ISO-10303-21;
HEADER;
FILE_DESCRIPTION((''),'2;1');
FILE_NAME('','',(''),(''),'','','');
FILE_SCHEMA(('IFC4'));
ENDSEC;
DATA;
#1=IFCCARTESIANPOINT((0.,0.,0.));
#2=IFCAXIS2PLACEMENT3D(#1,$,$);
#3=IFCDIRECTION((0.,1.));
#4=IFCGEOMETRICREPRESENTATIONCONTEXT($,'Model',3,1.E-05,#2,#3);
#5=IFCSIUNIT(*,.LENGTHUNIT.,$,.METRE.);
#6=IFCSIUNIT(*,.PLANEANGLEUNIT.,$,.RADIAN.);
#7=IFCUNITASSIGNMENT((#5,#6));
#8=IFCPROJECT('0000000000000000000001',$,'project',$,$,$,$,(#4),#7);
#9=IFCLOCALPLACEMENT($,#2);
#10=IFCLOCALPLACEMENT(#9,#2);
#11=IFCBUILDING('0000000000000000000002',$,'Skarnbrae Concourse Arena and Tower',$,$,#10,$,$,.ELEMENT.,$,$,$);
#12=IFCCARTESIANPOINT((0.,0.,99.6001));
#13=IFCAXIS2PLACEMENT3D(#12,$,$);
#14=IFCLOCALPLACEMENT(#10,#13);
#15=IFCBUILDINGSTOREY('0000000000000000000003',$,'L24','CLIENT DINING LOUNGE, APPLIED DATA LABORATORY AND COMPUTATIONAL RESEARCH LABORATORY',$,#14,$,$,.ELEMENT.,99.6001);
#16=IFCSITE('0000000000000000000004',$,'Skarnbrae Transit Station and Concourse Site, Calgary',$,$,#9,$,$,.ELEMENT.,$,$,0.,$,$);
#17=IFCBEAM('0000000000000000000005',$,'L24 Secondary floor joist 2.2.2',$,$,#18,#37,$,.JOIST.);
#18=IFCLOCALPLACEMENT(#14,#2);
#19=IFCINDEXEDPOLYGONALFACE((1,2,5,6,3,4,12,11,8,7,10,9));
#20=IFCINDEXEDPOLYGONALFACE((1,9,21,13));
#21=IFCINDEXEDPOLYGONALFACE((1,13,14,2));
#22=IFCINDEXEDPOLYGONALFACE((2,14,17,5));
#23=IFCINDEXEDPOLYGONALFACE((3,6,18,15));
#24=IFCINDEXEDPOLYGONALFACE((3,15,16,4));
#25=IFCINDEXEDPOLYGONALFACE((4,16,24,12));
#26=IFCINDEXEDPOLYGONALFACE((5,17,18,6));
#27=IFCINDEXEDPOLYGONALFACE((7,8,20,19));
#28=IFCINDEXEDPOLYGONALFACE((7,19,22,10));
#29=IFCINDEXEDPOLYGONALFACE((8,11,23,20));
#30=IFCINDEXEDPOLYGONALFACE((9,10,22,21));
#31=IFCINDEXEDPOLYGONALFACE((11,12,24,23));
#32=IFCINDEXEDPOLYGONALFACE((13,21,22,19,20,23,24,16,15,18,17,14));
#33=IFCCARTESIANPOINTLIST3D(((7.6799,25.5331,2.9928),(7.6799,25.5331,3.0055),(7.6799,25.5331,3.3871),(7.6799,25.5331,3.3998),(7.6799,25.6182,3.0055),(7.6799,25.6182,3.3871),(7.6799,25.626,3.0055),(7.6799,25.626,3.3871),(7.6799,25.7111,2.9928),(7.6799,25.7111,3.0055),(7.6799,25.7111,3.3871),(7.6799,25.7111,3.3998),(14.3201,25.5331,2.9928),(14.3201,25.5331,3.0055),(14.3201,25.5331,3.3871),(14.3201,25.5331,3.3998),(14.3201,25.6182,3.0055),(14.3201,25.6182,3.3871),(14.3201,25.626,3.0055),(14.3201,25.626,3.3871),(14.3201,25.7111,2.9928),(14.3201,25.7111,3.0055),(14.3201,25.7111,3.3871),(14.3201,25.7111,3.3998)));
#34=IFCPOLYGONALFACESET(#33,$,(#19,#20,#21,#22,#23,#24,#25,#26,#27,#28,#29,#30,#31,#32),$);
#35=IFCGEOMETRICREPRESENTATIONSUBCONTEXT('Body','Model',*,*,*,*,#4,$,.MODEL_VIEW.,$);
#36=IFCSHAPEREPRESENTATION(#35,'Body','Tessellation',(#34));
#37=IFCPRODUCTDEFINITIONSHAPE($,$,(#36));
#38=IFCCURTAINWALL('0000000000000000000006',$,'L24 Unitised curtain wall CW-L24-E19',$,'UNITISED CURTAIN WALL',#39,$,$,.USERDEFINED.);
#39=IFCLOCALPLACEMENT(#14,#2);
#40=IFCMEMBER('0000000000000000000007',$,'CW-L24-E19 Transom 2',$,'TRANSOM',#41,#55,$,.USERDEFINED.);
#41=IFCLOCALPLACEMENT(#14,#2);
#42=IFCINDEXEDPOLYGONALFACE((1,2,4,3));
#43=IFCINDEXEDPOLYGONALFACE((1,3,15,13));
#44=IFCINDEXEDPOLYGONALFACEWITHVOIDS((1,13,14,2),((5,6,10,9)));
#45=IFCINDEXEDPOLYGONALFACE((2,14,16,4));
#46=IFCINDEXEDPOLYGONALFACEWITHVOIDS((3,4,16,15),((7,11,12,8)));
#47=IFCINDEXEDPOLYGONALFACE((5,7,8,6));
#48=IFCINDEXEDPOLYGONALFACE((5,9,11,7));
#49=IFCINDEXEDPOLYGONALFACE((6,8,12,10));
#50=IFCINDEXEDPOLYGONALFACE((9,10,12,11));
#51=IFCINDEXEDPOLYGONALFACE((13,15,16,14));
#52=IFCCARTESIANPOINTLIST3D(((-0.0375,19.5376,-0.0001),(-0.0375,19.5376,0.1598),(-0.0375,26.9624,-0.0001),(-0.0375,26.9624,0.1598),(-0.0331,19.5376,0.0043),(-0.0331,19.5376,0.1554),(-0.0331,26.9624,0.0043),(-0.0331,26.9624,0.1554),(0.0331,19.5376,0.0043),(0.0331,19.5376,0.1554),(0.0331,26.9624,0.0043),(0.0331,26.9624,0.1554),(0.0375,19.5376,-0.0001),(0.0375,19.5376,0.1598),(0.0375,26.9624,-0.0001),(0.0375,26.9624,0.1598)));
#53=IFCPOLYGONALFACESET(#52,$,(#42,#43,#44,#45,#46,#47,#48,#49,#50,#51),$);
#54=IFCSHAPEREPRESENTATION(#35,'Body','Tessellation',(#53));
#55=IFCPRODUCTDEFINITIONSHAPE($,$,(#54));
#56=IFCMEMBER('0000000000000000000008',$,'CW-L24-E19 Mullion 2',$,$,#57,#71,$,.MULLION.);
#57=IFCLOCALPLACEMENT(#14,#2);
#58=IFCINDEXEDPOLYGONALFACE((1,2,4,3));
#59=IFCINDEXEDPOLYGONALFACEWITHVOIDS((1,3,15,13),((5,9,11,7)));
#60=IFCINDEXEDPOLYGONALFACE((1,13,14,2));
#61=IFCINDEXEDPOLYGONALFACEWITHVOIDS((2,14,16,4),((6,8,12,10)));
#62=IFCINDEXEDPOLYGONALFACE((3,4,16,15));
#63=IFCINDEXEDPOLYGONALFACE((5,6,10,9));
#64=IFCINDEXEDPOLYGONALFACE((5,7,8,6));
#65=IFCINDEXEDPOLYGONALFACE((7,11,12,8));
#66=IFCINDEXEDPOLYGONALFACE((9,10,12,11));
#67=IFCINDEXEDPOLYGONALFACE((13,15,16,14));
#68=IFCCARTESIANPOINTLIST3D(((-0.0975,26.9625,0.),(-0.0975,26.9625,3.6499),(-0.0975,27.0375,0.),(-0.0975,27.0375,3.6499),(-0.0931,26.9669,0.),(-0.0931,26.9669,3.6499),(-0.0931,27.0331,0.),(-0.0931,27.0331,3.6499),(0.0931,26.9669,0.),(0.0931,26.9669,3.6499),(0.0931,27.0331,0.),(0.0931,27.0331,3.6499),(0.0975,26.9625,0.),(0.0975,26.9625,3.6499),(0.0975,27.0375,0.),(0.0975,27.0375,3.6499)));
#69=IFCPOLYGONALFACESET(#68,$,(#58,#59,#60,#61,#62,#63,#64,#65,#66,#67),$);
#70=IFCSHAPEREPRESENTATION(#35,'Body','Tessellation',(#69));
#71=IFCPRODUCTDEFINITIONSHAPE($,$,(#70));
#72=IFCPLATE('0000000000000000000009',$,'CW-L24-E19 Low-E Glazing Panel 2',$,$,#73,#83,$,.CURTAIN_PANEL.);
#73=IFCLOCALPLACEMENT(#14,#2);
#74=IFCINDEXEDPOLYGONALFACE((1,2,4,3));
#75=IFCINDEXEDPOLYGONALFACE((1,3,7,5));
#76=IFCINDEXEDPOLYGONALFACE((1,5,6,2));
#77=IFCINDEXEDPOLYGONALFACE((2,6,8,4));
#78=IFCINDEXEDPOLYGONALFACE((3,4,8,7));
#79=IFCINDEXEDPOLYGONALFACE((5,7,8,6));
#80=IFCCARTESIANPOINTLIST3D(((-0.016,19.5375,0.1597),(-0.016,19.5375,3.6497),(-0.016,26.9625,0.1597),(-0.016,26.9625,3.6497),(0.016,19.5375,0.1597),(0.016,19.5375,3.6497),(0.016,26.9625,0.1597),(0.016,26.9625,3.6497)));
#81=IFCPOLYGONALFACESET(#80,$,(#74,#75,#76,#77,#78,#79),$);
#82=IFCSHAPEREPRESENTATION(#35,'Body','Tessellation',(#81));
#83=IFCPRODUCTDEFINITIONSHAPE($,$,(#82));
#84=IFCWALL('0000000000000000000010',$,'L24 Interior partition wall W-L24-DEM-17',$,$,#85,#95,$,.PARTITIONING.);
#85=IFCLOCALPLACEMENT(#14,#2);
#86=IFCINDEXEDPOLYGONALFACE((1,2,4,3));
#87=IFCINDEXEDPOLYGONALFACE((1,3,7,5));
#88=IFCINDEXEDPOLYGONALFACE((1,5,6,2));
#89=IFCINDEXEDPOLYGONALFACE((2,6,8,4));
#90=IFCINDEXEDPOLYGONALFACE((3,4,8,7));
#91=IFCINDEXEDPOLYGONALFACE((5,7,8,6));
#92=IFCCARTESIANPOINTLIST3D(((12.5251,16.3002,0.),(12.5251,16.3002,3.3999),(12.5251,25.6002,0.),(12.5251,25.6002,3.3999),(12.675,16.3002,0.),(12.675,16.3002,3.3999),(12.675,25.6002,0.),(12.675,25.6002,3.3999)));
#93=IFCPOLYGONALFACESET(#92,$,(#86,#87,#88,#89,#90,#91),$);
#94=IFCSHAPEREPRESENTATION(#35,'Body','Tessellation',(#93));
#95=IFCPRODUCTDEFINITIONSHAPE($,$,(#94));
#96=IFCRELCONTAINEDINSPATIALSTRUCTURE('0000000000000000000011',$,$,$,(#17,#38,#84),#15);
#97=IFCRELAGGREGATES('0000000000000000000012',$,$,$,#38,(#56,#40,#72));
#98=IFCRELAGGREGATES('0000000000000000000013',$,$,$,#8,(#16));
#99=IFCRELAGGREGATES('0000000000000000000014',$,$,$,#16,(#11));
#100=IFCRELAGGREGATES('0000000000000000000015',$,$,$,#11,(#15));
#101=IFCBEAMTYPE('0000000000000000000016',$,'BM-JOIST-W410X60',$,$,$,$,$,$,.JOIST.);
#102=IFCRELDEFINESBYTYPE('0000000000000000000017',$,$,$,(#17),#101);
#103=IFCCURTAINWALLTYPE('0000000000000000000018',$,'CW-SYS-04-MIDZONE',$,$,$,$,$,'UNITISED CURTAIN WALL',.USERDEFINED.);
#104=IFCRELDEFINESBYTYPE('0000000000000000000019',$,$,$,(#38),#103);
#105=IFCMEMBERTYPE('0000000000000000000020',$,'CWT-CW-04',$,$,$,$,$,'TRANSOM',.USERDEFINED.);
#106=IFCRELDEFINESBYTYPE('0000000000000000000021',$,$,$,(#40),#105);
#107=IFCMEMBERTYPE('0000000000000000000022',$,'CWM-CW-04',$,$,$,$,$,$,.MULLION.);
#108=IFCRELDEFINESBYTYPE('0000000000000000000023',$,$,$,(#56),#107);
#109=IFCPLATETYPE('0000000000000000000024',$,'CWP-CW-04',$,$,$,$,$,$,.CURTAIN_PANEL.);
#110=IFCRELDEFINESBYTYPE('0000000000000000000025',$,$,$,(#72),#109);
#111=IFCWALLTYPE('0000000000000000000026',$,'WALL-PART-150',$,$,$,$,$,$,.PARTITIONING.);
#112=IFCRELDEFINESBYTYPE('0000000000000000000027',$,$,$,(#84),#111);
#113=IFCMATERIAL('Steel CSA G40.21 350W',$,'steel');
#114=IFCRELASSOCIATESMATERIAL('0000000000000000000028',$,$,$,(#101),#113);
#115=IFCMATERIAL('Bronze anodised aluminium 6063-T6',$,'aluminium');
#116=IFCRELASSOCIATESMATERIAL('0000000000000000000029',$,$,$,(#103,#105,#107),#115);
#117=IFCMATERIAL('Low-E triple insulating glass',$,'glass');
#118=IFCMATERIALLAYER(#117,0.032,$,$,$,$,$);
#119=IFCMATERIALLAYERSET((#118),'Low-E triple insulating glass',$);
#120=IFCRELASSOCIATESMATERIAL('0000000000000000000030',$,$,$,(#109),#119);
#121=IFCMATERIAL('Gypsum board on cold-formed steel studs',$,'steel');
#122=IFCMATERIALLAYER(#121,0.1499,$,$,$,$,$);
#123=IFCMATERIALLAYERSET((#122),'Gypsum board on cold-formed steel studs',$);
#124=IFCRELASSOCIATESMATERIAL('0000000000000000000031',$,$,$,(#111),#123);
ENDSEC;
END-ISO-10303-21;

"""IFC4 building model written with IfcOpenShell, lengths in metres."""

from ifc_helpers import new_model, si_unit, direction, frame, frame_2d, origin, origin_2d, place, context, subcontext, project, spatial, rectangle, hollow_rectangle, i_section, extrude, source, transform, mapped, material, layer, layer_set, material_profile, profile_set, type_object, element, aggregate, save


model = new_model("IFC4")

# Units and contexts
model_context = context("Model", 3, precision=1e-05, world=origin(), true_north=direction((0.0, 1.0)))
body_context = subcontext(model_context, "Body", "Model", "MODEL_VIEW")
ifc_project = project(units=[si_unit("LENGTHUNIT", "METRE"), si_unit("PLANEANGLEUNIT", "RADIAN")], contexts=[model_context])

# Site, building, storey
site_placement = place(None, origin())
site = spatial("IfcSite", under=ifc_project, at=site_placement, Name="Skarnbrae Transit Station and Concourse Site, Calgary", CompositionType="ELEMENT", RefElevation=0.0)
building_placement = place(site_placement, origin())
building = spatial("IfcBuilding", under=site, at=building_placement, Name="Skarnbrae Concourse Arena and Tower", CompositionType="ELEMENT")
storey_placement = place(building_placement, frame((0.0, 0.0, 99.6001)))
storey = spatial("IfcBuildingStorey", under=building, at=storey_placement, Name="L24", Description="CLIENT DINING LOUNGE, APPLIED DATA LABORATORY AND COMPUTATIONAL RESEARCH LABORATORY", CompositionType="ELEMENT", Elevation=99.6001)

# Shared definitions
ifc_material_1 = material(Name="Steel CSA G40.21 350W", Category="steel")

# Beam
ifc_material_profile_1 = material_profile(ifc_material_1, i_section(OverallWidth=0.178, OverallDepth=0.407, WebThickness=0.0078, FlangeThickness=0.0127, at=origin_2d()), Name="W410X60")
ifc_profile_set_1 = profile_set([ifc_material_profile_1], Name="Steel CSA G40.21 350W")
beam_type_1 = type_object("IfcBeamType", Name="BM-JOIST-W410X60", PredefinedType="JOIST", material=ifc_profile_set_1)
shared_shape_1 = source(origin(), body_context, "Body", "SweptSolid", [
    extrude(i_section(OverallWidth=0.178, OverallDepth=0.407, WebThickness=0.0078, FlangeThickness=0.0127, at=origin_2d()), origin(), (0.0, 0.0, 1.0), 6.6401),
])
for number, where, z_axis, x_axis, name in (
    (1, (7.6799, 25.6221, 3.1963), (1.0, 0.0, 0.0), (0.0, 1.0, 0.0), "L24 Secondary floor joist 2.2.2"),
):
    element("IfcBeam", number, at=place(storey_placement, frame(where, z_axis=z_axis, x_axis=x_axis)), inside=storey, type_object=beam_type_1, Name=name, PredefinedType="JOIST", context=body_context, shape_type="MappedRepresentation", body=[
        mapped(shared_shape_1, transform((0.0, 0.0, 0.0))),
    ])

# Curtain wall, members, plate
ifc_material_2 = material(Name="Bronze anodised aluminium 6063-T6", Category="aluminium")
curtain_wall_type = type_object("IfcCurtainWallType", Name="CW-SYS-04-MIDZONE", ElementType="UNITISED CURTAIN WALL", PredefinedType="USERDEFINED", material=ifc_material_2)
curtain_wall_placement = place(storey_placement, origin())
curtain_wall = element("IfcCurtainWall", 2, at=curtain_wall_placement, inside=storey, type_object=curtain_wall_type, Name="L24 Unitised curtain wall CW-L24-E19", ObjectType="UNITISED CURTAIN WALL", PredefinedType="USERDEFINED")
ifc_material_profile_2 = material_profile(ifc_material_2, hollow_rectangle(XDim=0.075, YDim=0.1599, WallThickness=0.0044, at=origin_2d()), Name="ALU-TRAN-75X160")
ifc_profile_set_2 = profile_set([ifc_material_profile_2], Name="Bronze anodised aluminium 6063-T6")
member_type_1 = type_object("IfcMemberType", Name="CWT-CW-04", ElementType="TRANSOM", PredefinedType="USERDEFINED", material=ifc_profile_set_2)
shared_shape_2 = source(origin(), body_context, "Body", "SweptSolid", [
    extrude(hollow_rectangle(XDim=0.075, YDim=0.1599, WallThickness=0.0044, at=origin_2d()), origin(), (0.0, 0.0, 1.0), 7.4248),
])
member_1_placement = place(storey_placement, frame((0.0, 26.9624, 0.0798), z_axis=(0.0, -1.0, 0.0), x_axis=(1.0, 0.0, 0.0)))
member_1 = element("IfcMember", 3, at=member_1_placement, type_object=member_type_1, Name="CW-L24-E19 Transom 2", ObjectType="TRANSOM", PredefinedType="USERDEFINED", context=body_context, shape_type="MappedRepresentation", body=[
    mapped(shared_shape_2, transform((0.0, 0.0, 0.0))),
])
ifc_material_profile_3 = material_profile(ifc_material_2, hollow_rectangle(XDim=0.075, YDim=0.1951, WallThickness=0.0044, at=origin_2d()), Name="ALU-MULL-75X195")
ifc_profile_set_3 = profile_set([ifc_material_profile_3], Name="Bronze anodised aluminium 6063-T6")
member_type_2 = type_object("IfcMemberType", Name="CWM-CW-04", PredefinedType="MULLION", material=ifc_profile_set_3)
shared_shape_3 = source(origin(), body_context, "Body", "SweptSolid", [
    extrude(hollow_rectangle(XDim=0.075, YDim=0.1951, WallThickness=0.0044, at=origin_2d()), origin(), (0.0, 0.0, 1.0), 3.6499),
])
member_2_placement = place(storey_placement, frame((0.0, 27.0, 0.0), z_axis=(0.0, 0.0, 1.0), x_axis=(0.0, -1.0, 0.0)))
member_2 = element("IfcMember", 4, at=member_2_placement, type_object=member_type_2, Name="CW-L24-E19 Mullion 2", PredefinedType="MULLION", context=body_context, shape_type="MappedRepresentation", body=[
    mapped(shared_shape_3, transform((0.0, 0.0, 0.0))),
])
ifc_material_3 = material(Name="Low-E triple insulating glass", Category="glass")
ifc_layer_1 = layer(ifc_material_3, 0.032)
ifc_layer_set_1 = layer_set([ifc_layer_1], Name="Low-E triple insulating glass")
plate_type = type_object("IfcPlateType", Name="CWP-CW-04", PredefinedType="CURTAIN_PANEL", material=ifc_layer_set_1)
shared_shape_4 = source(origin(), body_context, "Body", "SweptSolid", [
    extrude(rectangle(XDim=7.425, YDim=0.032, at=origin_2d()), origin(), (0.0, 0.0, 1.0), 3.49),
])
plate_placement = place(storey_placement, frame((0.0, 23.25, 0.1597), z_axis=(0.0, 0.0, 1.0), x_axis=(0.0, -1.0, 0.0)))
plate = element("IfcPlate", 5, at=plate_placement, type_object=plate_type, Name="CW-L24-E19 Low-E Glazing Panel 2", PredefinedType="CURTAIN_PANEL", context=body_context, shape_type="MappedRepresentation", body=[
    mapped(shared_shape_4, transform((0.0, 0.0, 0.0))),
])
aggregate(curtain_wall, [member_2, member_1, plate])

# Wall
ifc_material_4 = material(Name="Gypsum board on cold-formed steel studs", Category="steel")
ifc_layer_2 = layer(ifc_material_4, 0.1499)
ifc_layer_set_2 = layer_set([ifc_layer_2], Name="Gypsum board on cold-formed steel studs")
wall_type = type_object("IfcWallType", Name="WALL-PART-150", PredefinedType="PARTITIONING", material=ifc_layer_set_2)
shared_shape_5 = source(origin(), body_context, "Body", "SweptSolid", [
    extrude(rectangle(XDim=9.3, YDim=0.1499, at=frame_2d((4.6499, 0.0))), origin(), (0.0, 0.0, 1.0), 3.3999),
])
wall_placement = place(storey_placement, frame((12.6001, 25.6001, 0.0), z_axis=(0.0, 0.0, 1.0), x_axis=(0.0, -1.0, 0.0)))
element("IfcWall", 6, at=wall_placement, inside=storey, type_object=wall_type, Name="L24 Interior partition wall W-L24-DEM-17", PredefinedType="PARTITIONING", context=body_context, shape_type="MappedRepresentation", body=[
    mapped(shared_shape_5, transform((0.0, 0.0, 0.0))),
])

save(model, "model.ifc")
